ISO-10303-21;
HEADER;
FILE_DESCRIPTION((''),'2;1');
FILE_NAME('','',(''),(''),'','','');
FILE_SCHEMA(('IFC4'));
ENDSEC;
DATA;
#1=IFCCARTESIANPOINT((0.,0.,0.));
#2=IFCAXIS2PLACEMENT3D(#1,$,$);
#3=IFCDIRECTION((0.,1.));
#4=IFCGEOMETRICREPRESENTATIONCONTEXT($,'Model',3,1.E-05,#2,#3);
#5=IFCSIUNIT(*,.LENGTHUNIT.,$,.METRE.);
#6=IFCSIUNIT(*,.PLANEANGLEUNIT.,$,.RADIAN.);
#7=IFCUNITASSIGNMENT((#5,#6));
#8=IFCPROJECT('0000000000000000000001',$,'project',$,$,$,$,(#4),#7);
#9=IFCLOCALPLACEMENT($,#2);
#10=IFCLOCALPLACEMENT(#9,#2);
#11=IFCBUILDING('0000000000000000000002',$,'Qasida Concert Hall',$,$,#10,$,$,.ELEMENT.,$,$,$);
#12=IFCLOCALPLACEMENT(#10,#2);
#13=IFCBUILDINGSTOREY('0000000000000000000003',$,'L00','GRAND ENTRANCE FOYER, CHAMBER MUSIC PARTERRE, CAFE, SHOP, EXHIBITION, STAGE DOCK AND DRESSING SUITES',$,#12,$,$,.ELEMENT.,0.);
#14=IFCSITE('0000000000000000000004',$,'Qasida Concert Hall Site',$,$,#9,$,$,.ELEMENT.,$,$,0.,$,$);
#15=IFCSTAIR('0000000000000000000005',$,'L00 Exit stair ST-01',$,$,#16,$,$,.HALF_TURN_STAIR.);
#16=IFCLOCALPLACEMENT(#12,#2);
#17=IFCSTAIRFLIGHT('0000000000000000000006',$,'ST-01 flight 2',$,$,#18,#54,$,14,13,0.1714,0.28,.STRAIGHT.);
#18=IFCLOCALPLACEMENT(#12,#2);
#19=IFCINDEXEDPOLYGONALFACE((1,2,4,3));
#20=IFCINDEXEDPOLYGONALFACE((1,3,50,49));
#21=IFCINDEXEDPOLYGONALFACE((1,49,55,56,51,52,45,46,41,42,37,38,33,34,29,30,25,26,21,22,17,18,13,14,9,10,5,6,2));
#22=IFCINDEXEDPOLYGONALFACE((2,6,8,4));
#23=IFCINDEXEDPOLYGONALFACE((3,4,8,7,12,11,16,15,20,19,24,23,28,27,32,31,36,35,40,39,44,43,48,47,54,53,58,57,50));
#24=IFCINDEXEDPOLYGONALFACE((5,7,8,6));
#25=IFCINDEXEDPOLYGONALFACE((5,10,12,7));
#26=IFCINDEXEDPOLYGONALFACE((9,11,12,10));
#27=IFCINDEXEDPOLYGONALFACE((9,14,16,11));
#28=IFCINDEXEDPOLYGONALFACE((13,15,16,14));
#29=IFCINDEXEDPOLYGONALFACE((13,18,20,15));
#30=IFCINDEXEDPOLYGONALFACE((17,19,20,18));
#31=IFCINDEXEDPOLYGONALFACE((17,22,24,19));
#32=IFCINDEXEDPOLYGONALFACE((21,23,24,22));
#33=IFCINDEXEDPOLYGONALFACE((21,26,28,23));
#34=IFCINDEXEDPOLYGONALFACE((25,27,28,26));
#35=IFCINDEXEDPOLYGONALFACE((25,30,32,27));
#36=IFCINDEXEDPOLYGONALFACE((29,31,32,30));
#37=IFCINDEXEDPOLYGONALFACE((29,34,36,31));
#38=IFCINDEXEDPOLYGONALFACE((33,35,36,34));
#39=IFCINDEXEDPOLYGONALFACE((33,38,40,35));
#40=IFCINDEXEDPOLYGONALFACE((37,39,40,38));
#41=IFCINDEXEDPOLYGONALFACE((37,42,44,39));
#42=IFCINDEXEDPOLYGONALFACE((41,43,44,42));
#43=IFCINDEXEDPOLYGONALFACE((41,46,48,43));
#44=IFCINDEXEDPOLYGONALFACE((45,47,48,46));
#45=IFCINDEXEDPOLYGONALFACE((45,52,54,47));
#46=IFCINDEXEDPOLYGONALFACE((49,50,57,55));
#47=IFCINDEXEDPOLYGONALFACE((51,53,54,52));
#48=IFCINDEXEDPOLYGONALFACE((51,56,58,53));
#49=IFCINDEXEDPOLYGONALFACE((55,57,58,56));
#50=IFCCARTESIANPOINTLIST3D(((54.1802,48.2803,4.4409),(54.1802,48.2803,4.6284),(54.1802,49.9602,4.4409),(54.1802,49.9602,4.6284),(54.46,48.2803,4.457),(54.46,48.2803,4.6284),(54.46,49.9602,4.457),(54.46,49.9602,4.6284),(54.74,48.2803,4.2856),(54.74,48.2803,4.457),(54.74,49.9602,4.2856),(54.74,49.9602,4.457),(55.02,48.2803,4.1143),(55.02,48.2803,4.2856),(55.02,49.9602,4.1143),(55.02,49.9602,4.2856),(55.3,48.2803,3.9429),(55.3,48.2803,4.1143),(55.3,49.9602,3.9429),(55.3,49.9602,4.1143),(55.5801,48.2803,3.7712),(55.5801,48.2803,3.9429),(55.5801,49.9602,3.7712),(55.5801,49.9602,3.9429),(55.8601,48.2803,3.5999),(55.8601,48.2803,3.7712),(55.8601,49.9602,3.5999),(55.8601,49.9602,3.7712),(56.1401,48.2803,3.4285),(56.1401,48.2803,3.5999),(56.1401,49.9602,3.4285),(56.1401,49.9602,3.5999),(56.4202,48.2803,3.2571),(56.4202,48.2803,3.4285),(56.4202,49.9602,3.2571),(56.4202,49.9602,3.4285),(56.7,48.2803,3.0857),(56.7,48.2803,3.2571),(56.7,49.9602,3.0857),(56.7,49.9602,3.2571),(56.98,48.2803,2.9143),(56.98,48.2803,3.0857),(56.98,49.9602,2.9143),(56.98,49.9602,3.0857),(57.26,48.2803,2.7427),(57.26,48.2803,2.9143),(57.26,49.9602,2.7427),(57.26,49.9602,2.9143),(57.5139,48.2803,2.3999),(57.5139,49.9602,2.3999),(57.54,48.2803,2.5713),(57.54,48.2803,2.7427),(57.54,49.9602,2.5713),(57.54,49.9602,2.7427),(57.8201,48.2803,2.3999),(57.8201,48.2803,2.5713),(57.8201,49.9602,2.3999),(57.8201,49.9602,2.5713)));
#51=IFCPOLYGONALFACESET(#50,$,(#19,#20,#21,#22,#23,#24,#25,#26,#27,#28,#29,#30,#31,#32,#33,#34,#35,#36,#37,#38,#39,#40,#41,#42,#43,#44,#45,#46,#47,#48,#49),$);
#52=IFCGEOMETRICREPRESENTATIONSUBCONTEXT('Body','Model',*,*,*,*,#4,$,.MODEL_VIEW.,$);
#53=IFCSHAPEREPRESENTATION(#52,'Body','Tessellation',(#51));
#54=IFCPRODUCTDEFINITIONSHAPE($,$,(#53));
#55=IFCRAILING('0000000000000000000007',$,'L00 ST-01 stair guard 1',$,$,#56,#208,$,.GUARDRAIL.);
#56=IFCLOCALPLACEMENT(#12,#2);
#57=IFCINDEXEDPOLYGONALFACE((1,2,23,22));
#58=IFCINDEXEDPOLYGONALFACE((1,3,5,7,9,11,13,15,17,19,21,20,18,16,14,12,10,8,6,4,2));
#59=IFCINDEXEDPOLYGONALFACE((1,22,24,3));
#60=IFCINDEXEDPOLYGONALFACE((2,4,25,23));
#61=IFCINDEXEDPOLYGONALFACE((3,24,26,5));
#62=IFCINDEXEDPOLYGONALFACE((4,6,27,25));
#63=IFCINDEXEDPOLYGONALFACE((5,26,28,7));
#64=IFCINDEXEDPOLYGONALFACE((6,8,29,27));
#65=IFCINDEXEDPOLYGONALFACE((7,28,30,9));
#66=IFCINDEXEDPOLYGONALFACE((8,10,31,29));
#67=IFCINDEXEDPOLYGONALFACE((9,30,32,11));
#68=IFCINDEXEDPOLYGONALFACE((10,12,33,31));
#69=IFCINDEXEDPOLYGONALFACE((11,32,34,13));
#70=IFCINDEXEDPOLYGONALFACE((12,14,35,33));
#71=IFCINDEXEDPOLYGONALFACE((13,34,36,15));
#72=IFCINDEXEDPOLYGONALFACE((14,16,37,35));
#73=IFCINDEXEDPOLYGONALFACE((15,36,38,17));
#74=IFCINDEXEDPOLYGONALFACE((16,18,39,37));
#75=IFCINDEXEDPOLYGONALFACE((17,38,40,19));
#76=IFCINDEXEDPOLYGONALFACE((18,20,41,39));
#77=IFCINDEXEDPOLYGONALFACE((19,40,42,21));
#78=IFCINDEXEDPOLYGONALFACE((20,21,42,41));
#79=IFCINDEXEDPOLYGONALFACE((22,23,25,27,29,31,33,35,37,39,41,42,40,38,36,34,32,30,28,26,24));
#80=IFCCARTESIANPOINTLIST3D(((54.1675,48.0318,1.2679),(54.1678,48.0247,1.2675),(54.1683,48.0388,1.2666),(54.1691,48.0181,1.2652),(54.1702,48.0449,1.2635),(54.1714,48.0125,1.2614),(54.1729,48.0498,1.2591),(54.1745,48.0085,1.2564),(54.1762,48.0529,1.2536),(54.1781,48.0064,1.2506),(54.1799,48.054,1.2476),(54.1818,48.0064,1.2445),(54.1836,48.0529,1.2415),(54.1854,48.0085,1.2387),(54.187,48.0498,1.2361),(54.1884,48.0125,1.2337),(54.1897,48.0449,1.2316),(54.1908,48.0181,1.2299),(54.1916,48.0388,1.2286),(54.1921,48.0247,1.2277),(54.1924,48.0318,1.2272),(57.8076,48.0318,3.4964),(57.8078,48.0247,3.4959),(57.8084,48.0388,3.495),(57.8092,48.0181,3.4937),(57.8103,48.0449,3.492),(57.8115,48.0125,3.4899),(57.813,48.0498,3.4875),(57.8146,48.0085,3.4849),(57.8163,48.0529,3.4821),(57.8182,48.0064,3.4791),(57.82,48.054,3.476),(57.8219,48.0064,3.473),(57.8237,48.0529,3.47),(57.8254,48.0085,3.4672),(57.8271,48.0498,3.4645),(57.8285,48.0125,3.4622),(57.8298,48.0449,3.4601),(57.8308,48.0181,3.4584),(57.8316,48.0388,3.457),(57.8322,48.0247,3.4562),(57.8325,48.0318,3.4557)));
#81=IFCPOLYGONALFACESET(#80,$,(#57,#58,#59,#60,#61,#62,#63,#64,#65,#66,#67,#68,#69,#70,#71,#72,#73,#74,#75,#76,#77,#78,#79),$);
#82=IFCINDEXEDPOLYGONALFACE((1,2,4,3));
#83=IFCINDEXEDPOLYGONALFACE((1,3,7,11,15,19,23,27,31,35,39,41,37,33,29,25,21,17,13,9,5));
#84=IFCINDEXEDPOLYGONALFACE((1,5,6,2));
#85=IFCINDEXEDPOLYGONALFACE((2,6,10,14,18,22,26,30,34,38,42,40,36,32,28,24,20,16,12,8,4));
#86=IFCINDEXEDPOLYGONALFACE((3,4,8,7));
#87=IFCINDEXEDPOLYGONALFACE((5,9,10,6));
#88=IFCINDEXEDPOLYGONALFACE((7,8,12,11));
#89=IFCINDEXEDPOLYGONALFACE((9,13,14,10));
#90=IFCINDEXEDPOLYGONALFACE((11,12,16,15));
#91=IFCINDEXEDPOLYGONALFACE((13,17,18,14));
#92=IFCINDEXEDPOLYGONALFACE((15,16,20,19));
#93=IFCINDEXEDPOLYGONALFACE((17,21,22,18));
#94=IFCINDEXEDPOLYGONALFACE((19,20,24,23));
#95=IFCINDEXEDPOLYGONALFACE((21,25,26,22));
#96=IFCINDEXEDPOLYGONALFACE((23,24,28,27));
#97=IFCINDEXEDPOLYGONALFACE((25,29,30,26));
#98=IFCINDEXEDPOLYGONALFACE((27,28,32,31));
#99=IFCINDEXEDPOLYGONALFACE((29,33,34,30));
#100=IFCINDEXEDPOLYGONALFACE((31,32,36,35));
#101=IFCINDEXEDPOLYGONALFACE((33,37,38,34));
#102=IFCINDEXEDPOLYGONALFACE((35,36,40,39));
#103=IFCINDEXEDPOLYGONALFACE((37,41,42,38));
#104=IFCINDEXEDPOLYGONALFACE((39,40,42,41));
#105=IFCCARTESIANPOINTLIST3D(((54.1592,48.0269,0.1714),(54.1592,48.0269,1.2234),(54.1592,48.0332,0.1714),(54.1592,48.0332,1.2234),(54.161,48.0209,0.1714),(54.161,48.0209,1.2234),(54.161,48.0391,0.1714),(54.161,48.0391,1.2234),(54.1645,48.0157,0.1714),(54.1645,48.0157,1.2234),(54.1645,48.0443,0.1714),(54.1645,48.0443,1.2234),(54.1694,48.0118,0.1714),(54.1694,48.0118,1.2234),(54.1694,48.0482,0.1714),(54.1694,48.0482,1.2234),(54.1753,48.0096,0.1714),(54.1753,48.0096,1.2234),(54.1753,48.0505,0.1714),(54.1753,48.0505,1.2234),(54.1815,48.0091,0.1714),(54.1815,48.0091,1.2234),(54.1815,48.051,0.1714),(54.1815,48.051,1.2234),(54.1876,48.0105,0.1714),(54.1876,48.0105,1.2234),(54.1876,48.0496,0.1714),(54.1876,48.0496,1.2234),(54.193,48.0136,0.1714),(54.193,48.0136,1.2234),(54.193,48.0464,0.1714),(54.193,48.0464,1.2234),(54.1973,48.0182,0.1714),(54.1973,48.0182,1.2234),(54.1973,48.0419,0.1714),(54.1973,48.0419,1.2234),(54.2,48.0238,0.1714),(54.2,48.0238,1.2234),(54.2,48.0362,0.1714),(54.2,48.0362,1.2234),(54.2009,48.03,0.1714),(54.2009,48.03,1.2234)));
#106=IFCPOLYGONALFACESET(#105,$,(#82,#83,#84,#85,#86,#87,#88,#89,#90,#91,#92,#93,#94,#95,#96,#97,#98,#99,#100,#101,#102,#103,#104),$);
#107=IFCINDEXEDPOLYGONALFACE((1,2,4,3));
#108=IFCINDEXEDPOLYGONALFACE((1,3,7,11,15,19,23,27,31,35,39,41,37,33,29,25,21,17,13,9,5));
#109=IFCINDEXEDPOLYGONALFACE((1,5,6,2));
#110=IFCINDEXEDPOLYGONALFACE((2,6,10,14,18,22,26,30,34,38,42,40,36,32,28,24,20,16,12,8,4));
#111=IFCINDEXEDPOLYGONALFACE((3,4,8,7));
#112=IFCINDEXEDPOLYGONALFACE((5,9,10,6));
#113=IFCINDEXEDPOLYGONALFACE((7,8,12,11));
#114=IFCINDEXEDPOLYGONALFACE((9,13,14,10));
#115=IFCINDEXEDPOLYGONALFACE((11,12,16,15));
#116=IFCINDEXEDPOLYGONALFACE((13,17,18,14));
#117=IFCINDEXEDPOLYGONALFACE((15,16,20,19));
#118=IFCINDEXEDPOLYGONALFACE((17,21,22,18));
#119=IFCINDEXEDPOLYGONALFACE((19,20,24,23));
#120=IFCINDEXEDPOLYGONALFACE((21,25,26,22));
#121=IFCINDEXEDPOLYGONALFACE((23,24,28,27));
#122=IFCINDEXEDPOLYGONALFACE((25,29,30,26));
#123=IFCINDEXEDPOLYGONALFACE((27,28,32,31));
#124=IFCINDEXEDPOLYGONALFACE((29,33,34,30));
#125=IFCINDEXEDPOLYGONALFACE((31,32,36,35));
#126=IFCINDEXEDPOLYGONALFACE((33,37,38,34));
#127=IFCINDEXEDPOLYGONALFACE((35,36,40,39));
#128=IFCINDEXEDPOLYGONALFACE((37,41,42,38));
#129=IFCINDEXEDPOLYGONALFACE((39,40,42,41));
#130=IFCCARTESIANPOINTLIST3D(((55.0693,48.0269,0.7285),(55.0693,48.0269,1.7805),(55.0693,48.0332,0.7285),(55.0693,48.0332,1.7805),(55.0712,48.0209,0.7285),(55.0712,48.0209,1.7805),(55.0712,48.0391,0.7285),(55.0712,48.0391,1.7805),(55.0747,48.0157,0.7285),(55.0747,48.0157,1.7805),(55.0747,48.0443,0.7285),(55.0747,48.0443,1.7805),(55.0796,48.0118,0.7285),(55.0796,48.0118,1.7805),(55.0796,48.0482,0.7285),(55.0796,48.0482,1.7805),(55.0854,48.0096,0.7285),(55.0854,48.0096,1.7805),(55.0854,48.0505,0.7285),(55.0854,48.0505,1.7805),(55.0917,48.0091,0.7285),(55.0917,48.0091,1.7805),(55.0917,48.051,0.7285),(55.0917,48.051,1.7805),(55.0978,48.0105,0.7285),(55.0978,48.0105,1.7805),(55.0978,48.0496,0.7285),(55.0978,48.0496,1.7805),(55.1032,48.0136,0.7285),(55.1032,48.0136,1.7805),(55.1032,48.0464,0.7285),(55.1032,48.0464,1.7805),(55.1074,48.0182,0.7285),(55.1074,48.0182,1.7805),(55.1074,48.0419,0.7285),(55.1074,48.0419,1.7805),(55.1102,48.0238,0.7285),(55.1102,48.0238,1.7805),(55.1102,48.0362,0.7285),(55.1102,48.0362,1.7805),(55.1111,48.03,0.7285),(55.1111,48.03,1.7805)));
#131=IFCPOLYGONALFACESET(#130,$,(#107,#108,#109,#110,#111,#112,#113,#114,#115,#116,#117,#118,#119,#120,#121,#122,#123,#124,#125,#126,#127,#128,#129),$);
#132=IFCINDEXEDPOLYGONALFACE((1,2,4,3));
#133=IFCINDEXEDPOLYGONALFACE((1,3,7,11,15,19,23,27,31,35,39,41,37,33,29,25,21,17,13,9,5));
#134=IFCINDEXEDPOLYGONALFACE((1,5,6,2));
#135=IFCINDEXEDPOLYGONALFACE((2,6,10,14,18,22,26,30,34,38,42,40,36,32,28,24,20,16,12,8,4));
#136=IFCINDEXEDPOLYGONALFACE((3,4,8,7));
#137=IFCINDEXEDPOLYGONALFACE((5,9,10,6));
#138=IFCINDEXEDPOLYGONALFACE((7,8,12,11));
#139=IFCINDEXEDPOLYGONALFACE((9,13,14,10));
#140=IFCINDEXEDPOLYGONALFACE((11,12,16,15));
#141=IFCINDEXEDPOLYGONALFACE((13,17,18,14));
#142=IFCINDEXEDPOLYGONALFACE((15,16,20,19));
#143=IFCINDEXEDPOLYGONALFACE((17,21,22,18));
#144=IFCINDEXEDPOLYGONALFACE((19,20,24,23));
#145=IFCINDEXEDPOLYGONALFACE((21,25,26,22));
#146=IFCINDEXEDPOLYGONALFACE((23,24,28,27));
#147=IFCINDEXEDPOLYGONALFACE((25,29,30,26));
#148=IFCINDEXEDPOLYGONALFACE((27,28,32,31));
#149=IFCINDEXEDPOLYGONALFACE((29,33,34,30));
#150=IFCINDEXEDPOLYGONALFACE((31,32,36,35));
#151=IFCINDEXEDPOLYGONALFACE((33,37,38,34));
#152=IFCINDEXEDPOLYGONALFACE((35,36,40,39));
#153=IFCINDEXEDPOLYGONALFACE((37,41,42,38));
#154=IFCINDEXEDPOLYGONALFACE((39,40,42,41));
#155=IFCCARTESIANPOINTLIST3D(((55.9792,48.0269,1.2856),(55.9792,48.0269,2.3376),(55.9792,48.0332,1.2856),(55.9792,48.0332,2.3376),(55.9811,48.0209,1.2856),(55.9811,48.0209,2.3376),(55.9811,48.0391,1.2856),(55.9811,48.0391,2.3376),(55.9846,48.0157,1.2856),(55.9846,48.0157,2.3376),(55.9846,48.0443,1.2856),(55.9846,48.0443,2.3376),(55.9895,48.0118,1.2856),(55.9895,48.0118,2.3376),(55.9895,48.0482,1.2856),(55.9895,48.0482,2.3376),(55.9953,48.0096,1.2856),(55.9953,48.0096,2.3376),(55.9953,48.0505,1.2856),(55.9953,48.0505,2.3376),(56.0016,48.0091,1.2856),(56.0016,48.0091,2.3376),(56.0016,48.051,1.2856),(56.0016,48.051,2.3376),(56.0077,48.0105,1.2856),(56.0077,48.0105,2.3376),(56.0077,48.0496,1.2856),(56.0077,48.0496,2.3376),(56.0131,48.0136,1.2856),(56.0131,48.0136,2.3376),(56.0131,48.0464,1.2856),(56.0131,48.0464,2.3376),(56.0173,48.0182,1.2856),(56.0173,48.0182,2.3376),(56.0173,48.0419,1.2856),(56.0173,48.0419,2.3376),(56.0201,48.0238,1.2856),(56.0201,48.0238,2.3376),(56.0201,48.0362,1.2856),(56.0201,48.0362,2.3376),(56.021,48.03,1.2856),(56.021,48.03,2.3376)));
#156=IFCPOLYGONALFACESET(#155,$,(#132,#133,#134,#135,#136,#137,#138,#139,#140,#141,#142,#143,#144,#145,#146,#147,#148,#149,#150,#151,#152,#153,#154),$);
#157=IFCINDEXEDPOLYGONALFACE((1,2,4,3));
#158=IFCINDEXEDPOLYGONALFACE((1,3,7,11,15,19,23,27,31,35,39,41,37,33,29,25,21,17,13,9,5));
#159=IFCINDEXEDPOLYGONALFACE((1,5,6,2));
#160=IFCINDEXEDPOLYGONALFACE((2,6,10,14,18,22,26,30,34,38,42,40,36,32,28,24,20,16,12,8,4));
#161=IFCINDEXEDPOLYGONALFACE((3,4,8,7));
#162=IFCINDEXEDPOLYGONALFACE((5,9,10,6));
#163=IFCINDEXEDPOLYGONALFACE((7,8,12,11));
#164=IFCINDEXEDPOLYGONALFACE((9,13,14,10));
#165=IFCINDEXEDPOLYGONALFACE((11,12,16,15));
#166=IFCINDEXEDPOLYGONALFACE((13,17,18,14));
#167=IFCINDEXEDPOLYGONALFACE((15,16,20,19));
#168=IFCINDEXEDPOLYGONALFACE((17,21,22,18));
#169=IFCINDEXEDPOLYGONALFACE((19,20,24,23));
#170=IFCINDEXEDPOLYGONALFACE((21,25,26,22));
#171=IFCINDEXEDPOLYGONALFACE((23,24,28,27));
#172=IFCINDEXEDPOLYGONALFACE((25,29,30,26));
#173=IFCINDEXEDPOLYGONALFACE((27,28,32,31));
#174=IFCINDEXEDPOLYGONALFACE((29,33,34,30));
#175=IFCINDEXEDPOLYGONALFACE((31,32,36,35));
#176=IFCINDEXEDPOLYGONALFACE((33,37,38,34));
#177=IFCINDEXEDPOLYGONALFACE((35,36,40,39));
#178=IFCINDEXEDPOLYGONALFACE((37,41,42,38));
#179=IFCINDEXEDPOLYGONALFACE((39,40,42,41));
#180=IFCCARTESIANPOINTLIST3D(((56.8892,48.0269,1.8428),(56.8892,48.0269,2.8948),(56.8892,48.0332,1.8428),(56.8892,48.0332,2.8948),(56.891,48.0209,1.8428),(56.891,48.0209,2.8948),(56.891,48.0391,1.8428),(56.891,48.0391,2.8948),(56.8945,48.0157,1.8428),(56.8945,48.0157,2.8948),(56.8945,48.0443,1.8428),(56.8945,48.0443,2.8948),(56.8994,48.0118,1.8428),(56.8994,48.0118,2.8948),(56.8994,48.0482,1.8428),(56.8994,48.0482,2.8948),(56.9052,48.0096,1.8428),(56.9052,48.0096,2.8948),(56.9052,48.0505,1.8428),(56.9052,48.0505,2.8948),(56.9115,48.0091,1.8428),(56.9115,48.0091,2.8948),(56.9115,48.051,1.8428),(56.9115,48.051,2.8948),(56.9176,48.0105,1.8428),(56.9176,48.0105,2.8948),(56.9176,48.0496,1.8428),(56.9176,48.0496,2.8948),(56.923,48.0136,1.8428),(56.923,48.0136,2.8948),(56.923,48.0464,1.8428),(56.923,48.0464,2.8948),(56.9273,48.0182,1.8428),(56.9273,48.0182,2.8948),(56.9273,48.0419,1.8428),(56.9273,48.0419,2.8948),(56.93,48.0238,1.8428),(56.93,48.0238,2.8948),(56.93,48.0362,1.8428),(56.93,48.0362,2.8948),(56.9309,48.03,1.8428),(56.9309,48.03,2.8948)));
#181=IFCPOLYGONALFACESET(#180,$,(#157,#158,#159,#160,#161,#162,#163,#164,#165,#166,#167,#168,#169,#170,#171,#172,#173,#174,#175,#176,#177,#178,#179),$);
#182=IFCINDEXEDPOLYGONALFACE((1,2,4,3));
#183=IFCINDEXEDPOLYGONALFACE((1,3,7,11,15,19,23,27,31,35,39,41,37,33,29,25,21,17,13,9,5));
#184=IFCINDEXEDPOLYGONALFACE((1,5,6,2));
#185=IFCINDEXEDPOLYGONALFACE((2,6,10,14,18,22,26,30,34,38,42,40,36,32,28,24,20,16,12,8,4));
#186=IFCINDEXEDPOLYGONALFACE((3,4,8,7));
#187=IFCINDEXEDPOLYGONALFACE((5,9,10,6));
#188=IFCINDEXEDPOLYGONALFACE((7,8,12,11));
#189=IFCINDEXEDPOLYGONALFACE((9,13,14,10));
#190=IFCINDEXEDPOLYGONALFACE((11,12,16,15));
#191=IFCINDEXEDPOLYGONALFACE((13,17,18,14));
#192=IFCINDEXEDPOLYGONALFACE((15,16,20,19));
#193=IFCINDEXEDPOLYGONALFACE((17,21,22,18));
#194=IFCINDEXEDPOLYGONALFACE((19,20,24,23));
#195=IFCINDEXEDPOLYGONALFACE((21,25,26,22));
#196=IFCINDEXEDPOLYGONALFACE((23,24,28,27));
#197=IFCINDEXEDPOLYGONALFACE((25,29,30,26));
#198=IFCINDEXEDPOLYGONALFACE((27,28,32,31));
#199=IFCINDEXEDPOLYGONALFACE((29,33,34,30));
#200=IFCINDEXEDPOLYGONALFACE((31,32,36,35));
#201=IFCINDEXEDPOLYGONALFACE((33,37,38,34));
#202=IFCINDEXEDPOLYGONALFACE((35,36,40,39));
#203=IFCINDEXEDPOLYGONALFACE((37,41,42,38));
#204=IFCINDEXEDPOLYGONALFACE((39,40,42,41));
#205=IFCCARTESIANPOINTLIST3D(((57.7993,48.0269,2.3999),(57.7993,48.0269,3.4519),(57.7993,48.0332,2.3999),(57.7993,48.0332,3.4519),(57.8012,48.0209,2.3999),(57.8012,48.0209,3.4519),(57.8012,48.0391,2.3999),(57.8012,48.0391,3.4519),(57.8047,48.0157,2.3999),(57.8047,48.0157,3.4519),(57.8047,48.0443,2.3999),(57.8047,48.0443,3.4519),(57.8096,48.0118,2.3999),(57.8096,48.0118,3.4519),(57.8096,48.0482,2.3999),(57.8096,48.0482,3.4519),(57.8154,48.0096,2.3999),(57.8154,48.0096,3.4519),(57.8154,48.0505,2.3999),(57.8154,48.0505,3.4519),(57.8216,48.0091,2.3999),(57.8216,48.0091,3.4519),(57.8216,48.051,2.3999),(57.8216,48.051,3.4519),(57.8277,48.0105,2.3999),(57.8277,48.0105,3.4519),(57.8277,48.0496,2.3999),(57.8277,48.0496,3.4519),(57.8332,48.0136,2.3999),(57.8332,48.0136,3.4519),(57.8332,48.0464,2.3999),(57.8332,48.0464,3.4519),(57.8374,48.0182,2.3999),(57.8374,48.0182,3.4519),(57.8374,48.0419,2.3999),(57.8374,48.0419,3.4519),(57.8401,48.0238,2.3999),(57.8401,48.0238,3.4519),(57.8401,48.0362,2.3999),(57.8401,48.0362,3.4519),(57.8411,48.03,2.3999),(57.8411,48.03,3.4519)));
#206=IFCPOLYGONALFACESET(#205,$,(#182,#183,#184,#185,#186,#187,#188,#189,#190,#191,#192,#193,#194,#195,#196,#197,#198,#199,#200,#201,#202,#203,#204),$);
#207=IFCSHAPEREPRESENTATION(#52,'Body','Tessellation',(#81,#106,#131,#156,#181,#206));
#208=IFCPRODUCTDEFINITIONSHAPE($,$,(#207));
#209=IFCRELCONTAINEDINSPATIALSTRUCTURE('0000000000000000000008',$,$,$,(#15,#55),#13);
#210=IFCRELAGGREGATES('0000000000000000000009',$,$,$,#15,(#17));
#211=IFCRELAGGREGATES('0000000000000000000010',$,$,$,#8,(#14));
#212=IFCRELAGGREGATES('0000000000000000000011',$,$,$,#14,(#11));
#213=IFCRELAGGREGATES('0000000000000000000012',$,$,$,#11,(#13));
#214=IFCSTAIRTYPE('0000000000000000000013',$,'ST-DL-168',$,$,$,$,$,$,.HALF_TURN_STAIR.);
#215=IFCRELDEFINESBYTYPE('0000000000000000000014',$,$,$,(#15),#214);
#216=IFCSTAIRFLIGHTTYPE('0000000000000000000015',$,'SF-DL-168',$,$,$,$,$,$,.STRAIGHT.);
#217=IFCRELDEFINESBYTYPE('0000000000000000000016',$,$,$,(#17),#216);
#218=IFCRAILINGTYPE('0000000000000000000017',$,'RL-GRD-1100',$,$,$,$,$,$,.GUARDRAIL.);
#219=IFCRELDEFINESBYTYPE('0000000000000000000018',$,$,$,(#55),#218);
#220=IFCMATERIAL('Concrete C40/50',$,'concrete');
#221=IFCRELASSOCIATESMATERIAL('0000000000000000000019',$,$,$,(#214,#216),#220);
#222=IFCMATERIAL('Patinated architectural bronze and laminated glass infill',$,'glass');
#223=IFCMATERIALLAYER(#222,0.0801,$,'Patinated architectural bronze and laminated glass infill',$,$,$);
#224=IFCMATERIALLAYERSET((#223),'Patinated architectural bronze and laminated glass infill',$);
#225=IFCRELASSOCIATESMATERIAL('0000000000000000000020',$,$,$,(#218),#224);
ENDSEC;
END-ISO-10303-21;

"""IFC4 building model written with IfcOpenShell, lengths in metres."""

from ifc_helpers import new_model, si_unit, direction, frame, origin, origin_2d, place, context, subcontext, project, spatial, polyline, circle, outline, extrude, material, layer, layer_set, type_object, element, aggregate, save


model = new_model("IFC4")

# Units and contexts
model_context = context("Model", 3, precision=1e-05, world=origin(), true_north=direction((0.0, 1.0)))
body_context = subcontext(model_context, "Body", "Model", "MODEL_VIEW")
ifc_project = project(units=[si_unit("LENGTHUNIT", "METRE"), si_unit("PLANEANGLEUNIT", "RADIAN")], contexts=[model_context])

# Site, building, storey
site_placement = place(None, origin())
site = spatial("IfcSite", under=ifc_project, at=site_placement, Name="Qasida Concert Hall Site", CompositionType="ELEMENT", RefElevation=0.0)
building_placement = place(site_placement, origin())
building = spatial("IfcBuilding", under=site, at=building_placement, Name="Qasida Concert Hall", CompositionType="ELEMENT")
storey_placement = place(building_placement, origin())
storey = spatial("IfcBuildingStorey", under=building, at=storey_placement, Name="L00", Description="GRAND ENTRANCE FOYER, CHAMBER MUSIC PARTERRE, CAFE, SHOP, EXHIBITION, STAGE DOCK AND DRESSING SUITES", CompositionType="ELEMENT", Elevation=0.0)

# Shared definitions
ifc_material_1 = material(Name="Concrete C40/50", Category="concrete")

# Stair, stair flight
stair_type = type_object("IfcStairType", Name="ST-DL-168", PredefinedType="HALF_TURN_STAIR", material=ifc_material_1)
stair_placement = place(storey_placement, origin())
stair = element("IfcStair", 1, at=stair_placement, inside=storey, type_object=stair_type, Name="L00 Exit stair ST-01", PredefinedType="HALF_TURN_STAIR")
stair_flight_type = type_object("IfcStairFlightType", Name="SF-DL-168", PredefinedType="STRAIGHT", material=ifc_material_1)
stair_flight_1_placement = place(storey_placement, frame((57.8201, 49.1201, 2.3999), z_axis=(0.0, 0.0, 1.0), x_axis=(-1.0, 0.0, 0.0)))
stair_flight_1 = element("IfcStairFlight", 2, at=stair_flight_1_placement, type_object=stair_flight_type, Name="ST-01 flight 2", NumberOfRisers=14, NumberOfTreads=13, PredefinedType="STRAIGHT", RiserHeight=0.1714, TreadLength=0.28, context=body_context, shape_type="SweptSolid", body=[
    extrude(outline(polyline([(0.0, 0.0), (0.0, 0.1714), (0.28, 0.1714), (0.28, 0.3428), (0.5601, 0.3428), (0.5601, 0.5144), (0.8401, 0.5144), (0.8401, 0.6858), (1.1201, 0.6858), (1.1201, 0.8572), (1.3999, 0.8572), (1.3999, 1.0286), (1.6799, 1.0286), (1.6799, 1.2), (1.96, 1.2), (1.96, 1.3713), (2.24, 1.3713), (2.24, 1.543), (2.52, 1.543), (2.52, 1.7144), (2.8, 1.7144), (2.8, 1.8857), (3.0801, 1.8857), (3.0801, 2.0571), (3.3601, 2.0571), (3.3601, 2.2285), (3.6399, 2.2285), (3.6399, 2.3999), (3.6399, 2.041), (0.3062, 0.0), (0.0, 0.0)])), frame((0.0, 0.8398, 0.0), z_axis=(0.0, -1.0, 0.0), x_axis=(1.0, 0.0, 0.0)), (0.0, 0.0, 1.0), 1.6799),
])
aggregate(stair, [stair_flight_1])

# Railing
ifc_material_2 = material(Name="Patinated architectural bronze and laminated glass infill", Category="glass")
ifc_layer_1 = layer(ifc_material_2, 0.0801, Name="Patinated architectural bronze and laminated glass infill")
ifc_layer_set_1 = layer_set([ifc_layer_1], Name="Patinated architectural bronze and laminated glass infill")
railing_type_1 = type_object("IfcRailingType", Name="RL-GRD-1100", PredefinedType="GUARDRAIL", material=ifc_layer_set_1)
railing_1_placement = place(storey_placement, frame((54.1799, 48.03, 0.1714)))
element("IfcRailing", 3, at=railing_1_placement, inside=storey, type_object=railing_type_1, Name="L00 ST-01 stair guard 1", PredefinedType="GUARDRAIL", context=body_context, shape_type="SweptSolid", body=[
    extrude(circle(Radius=0.0239, at=origin_2d()), frame((0.0, 0.0, 1.0762), z_axis=(0.852866, 0.0, 0.52213), x_axis=(0.0, 1.0, 0.0)), (0.0, 0.0, 1.0), 4.2681),
    extrude(circle(Radius=0.021, at=origin_2d()), origin(), (0.0, 0.0, 1.0), 1.052),
    extrude(circle(Radius=0.021, at=origin_2d()), frame((0.9102, 0.0, 0.5571)), (0.0, 0.0, 1.0), 1.052),
    extrude(circle(Radius=0.021, at=origin_2d()), frame((1.8201, 0.0, 1.1143)), (0.0, 0.0, 1.0), 1.052),
    extrude(circle(Radius=0.021, at=origin_2d()), frame((2.73, 0.0, 1.6714)), (0.0, 0.0, 1.0), 1.052),
    extrude(circle(Radius=0.021, at=origin_2d()), frame((3.6401, 0.0, 2.2285)), (0.0, 0.0, 1.0), 1.052),
])

save(model, "model.ifc")
